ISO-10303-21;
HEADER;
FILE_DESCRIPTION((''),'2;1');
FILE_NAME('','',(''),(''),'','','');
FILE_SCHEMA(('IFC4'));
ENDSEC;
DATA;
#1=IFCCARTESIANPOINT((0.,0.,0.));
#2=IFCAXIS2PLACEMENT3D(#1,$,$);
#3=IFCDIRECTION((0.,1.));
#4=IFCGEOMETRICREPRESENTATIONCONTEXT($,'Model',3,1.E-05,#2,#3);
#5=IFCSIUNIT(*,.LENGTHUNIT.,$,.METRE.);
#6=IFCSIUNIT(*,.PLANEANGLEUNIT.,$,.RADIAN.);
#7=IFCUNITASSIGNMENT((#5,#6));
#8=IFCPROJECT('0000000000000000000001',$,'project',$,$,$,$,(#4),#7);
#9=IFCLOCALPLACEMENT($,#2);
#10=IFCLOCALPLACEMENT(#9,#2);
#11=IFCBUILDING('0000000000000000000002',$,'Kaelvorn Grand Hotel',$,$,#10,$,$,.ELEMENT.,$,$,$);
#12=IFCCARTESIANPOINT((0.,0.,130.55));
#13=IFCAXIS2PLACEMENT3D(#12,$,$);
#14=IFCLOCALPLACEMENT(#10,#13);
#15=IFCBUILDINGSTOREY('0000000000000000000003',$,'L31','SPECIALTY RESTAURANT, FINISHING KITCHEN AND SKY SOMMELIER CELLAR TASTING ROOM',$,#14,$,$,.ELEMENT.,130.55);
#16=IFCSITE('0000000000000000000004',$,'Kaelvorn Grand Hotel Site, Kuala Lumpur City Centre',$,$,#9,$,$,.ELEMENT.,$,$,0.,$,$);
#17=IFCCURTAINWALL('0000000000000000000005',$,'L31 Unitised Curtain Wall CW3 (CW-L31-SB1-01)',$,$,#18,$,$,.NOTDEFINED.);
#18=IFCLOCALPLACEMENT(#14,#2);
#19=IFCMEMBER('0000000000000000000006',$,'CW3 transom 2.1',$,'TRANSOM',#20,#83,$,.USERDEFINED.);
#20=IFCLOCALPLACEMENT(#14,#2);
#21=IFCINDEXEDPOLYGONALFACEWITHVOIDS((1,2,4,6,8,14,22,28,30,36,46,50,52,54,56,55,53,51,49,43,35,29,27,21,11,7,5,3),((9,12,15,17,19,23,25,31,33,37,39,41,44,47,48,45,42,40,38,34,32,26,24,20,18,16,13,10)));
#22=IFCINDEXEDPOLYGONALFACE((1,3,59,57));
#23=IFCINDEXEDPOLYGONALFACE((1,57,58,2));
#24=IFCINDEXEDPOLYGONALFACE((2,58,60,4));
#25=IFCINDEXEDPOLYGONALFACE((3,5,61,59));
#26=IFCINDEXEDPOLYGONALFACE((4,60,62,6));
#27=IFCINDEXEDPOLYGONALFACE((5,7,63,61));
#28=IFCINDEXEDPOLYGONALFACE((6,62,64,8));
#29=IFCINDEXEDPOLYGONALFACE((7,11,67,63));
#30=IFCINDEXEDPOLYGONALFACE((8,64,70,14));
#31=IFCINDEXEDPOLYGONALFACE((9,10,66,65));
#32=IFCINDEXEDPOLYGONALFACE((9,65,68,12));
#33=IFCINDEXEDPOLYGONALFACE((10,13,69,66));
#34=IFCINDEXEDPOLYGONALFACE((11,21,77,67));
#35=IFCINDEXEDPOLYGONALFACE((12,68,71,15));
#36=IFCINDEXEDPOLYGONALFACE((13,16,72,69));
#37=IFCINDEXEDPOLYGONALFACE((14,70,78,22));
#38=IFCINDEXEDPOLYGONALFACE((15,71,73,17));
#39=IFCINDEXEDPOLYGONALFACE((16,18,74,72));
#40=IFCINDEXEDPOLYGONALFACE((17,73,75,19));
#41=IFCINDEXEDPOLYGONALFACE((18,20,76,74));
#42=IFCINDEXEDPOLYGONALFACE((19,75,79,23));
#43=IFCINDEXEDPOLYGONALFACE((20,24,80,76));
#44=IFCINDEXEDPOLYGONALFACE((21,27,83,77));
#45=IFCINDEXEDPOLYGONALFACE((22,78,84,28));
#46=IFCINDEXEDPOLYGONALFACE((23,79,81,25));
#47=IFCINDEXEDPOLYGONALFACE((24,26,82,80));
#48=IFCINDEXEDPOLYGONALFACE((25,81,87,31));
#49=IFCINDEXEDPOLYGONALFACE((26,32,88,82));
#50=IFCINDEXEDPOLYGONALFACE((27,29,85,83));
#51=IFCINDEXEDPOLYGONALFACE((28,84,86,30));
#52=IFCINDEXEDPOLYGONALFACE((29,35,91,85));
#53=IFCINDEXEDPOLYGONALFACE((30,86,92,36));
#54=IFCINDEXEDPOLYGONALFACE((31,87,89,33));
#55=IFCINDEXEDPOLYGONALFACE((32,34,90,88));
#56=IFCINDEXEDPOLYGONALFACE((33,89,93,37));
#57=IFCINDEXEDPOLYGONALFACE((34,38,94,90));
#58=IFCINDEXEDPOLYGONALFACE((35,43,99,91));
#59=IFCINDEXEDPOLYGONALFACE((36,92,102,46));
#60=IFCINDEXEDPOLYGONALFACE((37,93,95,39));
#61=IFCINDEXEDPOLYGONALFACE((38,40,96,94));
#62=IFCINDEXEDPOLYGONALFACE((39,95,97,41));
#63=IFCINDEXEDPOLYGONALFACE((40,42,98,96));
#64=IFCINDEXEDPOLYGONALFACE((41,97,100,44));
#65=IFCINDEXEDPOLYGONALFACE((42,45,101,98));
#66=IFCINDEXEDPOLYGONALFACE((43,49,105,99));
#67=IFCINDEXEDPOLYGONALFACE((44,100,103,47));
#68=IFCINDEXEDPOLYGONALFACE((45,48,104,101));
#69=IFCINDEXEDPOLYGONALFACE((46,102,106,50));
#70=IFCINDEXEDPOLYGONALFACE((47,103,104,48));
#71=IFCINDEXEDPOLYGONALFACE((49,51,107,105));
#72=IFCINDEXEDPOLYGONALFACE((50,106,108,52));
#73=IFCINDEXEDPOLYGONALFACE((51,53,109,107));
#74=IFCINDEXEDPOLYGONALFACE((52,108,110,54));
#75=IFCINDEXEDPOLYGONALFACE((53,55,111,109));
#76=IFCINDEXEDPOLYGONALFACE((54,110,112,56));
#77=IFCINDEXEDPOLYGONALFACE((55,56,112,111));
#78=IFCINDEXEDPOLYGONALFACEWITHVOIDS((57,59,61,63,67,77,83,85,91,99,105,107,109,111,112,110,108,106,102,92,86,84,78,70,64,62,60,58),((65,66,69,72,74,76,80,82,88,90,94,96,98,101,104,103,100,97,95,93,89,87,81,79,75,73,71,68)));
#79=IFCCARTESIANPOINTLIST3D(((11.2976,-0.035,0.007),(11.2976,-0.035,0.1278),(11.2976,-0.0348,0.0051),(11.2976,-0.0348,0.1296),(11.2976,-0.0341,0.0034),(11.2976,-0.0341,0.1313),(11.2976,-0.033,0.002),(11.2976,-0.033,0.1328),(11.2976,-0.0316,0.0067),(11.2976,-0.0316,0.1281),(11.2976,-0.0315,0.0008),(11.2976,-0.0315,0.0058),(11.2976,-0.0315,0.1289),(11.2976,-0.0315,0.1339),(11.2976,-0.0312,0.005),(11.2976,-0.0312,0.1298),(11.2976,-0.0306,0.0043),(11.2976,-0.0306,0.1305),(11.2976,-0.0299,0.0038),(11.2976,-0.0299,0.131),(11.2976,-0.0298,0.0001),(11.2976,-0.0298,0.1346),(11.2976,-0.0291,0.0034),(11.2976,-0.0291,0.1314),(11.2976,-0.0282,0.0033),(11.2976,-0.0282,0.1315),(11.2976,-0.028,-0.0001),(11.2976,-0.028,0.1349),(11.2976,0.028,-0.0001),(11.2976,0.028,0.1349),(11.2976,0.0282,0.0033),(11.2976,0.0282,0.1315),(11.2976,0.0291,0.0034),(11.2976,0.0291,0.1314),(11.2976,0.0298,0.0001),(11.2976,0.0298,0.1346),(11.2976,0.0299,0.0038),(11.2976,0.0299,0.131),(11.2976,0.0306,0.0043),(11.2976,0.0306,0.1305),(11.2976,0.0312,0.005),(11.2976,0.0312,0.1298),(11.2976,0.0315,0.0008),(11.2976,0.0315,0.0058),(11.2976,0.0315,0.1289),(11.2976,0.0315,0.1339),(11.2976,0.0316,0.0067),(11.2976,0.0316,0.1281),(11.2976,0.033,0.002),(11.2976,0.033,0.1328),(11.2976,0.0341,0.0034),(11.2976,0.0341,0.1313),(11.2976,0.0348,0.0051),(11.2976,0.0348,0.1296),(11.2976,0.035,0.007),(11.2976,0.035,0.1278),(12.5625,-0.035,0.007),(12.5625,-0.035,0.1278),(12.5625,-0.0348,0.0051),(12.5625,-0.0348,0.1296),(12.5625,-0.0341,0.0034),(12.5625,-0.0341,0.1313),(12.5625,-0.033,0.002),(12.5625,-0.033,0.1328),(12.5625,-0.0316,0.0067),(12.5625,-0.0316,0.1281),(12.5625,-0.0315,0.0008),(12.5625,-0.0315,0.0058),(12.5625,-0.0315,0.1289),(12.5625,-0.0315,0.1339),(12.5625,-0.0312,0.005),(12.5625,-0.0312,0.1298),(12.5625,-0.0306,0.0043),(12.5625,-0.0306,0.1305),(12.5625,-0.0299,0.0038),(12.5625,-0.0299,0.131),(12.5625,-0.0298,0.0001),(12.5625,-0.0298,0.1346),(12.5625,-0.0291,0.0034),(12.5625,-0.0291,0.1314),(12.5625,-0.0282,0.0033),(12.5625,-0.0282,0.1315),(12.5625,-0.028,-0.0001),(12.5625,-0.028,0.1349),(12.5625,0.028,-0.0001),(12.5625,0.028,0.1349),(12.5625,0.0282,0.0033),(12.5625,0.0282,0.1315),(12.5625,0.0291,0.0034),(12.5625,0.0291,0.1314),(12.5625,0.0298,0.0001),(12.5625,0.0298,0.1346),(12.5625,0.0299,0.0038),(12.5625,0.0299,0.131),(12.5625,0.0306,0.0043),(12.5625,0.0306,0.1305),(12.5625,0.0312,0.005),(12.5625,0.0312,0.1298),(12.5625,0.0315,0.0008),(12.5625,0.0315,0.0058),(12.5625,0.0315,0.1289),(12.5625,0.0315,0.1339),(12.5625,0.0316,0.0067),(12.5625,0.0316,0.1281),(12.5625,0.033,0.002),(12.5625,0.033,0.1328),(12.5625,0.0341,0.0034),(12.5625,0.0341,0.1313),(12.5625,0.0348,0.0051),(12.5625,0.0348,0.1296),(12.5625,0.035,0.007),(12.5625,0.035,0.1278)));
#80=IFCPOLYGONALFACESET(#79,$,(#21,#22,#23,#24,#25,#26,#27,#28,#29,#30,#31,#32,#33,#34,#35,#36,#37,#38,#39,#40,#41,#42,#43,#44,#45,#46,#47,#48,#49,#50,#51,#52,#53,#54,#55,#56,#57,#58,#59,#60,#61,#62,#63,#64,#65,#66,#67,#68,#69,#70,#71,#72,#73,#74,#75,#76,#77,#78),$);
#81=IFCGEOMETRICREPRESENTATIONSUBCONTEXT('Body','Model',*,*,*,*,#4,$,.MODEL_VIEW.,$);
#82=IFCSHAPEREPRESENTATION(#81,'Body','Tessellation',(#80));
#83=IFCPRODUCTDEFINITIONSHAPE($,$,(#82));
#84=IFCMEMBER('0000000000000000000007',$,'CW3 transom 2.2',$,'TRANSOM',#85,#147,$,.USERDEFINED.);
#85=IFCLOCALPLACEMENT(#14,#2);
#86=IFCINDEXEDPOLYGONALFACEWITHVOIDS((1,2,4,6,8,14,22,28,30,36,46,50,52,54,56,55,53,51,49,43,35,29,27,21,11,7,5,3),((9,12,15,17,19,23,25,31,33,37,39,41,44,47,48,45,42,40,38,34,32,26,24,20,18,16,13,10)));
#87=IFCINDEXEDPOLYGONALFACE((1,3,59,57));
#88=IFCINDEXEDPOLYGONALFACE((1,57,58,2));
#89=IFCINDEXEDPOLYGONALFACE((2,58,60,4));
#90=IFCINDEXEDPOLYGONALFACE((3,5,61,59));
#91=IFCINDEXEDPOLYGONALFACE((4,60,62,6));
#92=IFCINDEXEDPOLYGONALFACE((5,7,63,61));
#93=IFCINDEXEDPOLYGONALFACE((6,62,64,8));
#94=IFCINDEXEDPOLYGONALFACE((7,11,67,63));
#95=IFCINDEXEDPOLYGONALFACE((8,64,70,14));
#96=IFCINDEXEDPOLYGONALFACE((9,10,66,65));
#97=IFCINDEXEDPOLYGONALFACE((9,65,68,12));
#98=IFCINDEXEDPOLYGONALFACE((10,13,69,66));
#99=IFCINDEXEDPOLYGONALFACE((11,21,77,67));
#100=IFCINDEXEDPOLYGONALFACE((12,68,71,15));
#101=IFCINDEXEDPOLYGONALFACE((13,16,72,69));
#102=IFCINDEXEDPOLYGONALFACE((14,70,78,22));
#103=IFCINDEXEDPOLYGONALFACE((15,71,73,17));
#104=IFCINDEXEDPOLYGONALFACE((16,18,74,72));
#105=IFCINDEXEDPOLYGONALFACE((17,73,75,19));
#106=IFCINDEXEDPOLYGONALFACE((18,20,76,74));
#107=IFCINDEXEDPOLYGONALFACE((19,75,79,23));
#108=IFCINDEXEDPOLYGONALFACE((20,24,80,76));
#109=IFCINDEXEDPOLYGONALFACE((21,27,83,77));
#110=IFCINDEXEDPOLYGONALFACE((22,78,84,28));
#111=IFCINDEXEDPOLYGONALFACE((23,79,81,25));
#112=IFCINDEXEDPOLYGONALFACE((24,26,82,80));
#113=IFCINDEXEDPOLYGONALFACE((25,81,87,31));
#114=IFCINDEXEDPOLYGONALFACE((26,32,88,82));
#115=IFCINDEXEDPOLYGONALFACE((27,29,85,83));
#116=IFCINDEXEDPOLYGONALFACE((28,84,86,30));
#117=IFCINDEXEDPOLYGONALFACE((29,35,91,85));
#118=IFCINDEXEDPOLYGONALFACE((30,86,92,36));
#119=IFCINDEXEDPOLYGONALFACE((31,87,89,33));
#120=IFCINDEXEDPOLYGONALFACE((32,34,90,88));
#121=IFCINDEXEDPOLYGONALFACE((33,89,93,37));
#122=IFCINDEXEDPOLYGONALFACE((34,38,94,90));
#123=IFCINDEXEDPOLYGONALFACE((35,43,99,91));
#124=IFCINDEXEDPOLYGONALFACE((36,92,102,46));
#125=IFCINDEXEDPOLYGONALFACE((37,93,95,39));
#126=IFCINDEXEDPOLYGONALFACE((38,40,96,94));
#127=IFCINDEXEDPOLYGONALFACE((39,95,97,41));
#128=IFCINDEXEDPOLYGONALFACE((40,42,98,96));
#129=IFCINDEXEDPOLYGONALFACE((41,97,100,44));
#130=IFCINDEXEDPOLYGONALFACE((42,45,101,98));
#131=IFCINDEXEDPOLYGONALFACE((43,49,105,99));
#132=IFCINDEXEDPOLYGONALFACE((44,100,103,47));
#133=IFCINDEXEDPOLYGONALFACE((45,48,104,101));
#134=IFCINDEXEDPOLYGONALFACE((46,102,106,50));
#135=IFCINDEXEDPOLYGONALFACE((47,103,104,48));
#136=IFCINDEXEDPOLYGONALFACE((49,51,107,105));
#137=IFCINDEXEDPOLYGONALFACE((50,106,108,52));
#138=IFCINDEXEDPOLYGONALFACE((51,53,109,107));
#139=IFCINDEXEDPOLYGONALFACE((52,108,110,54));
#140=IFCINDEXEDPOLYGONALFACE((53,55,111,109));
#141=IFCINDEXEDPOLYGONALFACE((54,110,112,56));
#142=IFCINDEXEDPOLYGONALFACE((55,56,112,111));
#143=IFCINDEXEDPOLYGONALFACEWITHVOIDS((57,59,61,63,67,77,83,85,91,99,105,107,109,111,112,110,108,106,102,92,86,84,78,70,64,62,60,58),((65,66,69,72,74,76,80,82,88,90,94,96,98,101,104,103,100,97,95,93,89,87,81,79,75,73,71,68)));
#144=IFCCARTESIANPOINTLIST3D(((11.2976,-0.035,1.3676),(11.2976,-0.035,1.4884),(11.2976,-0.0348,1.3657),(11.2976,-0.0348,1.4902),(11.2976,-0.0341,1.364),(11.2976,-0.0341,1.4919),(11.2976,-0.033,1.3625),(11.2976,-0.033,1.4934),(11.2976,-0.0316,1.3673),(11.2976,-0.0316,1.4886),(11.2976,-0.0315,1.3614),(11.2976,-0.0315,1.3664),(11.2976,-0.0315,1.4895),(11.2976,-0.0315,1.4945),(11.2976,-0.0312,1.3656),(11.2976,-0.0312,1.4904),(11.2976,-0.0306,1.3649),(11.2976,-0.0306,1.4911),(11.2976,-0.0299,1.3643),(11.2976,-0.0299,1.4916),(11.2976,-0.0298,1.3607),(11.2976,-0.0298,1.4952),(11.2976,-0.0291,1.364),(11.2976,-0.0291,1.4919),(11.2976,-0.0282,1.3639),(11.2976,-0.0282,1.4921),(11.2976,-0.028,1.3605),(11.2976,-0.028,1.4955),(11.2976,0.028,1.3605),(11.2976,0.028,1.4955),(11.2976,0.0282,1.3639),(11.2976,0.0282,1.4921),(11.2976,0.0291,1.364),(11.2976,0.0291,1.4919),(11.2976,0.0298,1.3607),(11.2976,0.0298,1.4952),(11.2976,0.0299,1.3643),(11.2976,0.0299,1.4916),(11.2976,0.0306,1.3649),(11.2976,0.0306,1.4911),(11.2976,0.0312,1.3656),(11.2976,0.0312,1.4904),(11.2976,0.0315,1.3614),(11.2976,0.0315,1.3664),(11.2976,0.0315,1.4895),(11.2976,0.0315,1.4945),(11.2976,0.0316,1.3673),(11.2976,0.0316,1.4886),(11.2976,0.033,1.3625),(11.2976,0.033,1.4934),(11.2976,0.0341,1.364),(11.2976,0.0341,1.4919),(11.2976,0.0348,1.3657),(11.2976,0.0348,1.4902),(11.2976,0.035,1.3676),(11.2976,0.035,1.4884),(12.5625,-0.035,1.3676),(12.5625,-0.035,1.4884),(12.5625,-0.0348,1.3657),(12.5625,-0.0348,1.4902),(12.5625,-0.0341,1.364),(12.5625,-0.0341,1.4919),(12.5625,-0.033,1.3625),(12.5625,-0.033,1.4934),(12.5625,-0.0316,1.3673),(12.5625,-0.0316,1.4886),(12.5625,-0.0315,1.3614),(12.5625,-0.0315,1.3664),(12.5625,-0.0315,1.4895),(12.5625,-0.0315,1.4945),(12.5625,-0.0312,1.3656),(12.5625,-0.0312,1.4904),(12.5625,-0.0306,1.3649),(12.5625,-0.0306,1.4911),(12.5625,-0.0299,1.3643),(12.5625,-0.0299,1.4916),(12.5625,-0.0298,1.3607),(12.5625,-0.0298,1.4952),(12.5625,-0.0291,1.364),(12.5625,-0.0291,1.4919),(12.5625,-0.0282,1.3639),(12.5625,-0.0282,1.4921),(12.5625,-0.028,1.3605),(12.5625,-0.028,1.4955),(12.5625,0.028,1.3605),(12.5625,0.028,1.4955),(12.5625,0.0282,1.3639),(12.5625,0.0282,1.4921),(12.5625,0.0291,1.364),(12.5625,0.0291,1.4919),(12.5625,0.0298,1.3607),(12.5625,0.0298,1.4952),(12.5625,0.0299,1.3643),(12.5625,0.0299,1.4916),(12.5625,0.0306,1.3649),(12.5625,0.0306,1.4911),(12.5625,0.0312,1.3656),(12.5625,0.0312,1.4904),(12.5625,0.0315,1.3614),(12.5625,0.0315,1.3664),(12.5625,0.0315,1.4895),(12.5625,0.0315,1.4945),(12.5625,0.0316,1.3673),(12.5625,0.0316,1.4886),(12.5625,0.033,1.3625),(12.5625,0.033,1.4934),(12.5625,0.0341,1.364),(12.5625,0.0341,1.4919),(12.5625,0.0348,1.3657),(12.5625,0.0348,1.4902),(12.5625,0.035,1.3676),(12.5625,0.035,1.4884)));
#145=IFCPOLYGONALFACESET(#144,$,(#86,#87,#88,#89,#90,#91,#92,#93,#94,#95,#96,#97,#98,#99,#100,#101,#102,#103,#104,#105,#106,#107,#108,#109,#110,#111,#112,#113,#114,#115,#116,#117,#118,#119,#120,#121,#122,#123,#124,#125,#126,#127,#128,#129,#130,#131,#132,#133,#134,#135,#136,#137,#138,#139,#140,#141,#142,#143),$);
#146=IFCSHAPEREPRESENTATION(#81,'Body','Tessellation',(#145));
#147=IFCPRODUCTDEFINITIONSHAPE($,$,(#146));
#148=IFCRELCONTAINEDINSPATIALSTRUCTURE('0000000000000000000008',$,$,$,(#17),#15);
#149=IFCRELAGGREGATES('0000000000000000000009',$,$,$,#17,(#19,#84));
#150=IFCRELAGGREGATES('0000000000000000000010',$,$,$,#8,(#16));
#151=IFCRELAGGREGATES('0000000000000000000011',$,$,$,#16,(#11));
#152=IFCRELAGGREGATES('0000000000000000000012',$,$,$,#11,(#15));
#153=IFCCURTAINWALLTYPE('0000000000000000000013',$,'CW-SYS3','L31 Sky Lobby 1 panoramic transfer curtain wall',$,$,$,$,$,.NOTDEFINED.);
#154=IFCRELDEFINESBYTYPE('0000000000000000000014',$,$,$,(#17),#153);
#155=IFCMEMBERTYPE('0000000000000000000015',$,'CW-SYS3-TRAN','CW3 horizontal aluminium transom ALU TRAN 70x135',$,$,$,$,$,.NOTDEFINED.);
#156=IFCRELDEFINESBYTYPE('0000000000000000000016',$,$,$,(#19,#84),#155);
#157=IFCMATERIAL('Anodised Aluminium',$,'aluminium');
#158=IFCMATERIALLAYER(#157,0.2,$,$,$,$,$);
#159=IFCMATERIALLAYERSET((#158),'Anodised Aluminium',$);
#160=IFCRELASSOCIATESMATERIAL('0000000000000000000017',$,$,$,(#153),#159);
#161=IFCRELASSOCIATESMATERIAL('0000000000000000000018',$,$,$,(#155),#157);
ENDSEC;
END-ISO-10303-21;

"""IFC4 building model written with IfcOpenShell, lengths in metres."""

from ifc_helpers import new_model, si_unit, direction, frame, origin, origin_2d, place, context, subcontext, project, spatial, hollow_rectangle, extrude, material, layer, layer_set, material_profile, profile_set, type_object, element, aggregate, save


model = new_model("IFC4")

# Units and contexts
model_context = context("Model", 3, precision=1e-05, world=origin(), true_north=direction((0.0, 1.0)))
body_context = subcontext(model_context, "Body", "Model", "MODEL_VIEW")
ifc_project = project(units=[si_unit("LENGTHUNIT", "METRE"), si_unit("PLANEANGLEUNIT", "RADIAN")], contexts=[model_context])

# Site, building, storey
site_placement = place(None, origin())
site = spatial("IfcSite", under=ifc_project, at=site_placement, Name="Kaelvorn Grand Hotel Site, Kuala Lumpur City Centre", CompositionType="ELEMENT", RefElevation=0.0)
building_placement = place(site_placement, origin())
building = spatial("IfcBuilding", under=site, at=building_placement, Name="Kaelvorn Grand Hotel", CompositionType="ELEMENT")
storey_placement = place(building_placement, frame((0.0, 0.0, 130.55)))
storey = spatial("IfcBuildingStorey", under=building, at=storey_placement, Name="L31", Description="SPECIALTY RESTAURANT, FINISHING KITCHEN AND SKY SOMMELIER CELLAR TASTING ROOM", CompositionType="ELEMENT", Elevation=130.55)

# Curtain wall, members
ifc_material_1 = material(Name="Anodised Aluminium", Category="aluminium")
ifc_layer_1 = layer(ifc_material_1, 0.2)
ifc_layer_set_1 = layer_set([ifc_layer_1], Name="Anodised Aluminium")
curtain_wall_type = type_object("IfcCurtainWallType", Name="CW-SYS3", Description="L31 Sky Lobby 1 panoramic transfer curtain wall", PredefinedType="NOTDEFINED", material=ifc_layer_set_1)
curtain_wall_placement = place(storey_placement, origin())
curtain_wall = element("IfcCurtainWall", 1, at=curtain_wall_placement, inside=storey, type_object=curtain_wall_type, Name="L31 Unitised Curtain Wall CW3 (CW-L31-SB1-01)", PredefinedType="NOTDEFINED")
ifc_material_profile_1 = material_profile(ifc_material_1, hollow_rectangle(XDim=0.0701, YDim=0.135, WallThickness=0.0034, InnerFilletRadius=0.0034, OuterFilletRadius=0.0071, at=origin_2d()), Name="ALU TRAN 70x135")
ifc_profile_set_1 = profile_set([ifc_material_profile_1], Name="Anodised Aluminium")
member_type_1 = type_object("IfcMemberType", Name="CW-SYS3-TRAN", Description="CW3 horizontal aluminium transom ALU TRAN 70x135", PredefinedType="NOTDEFINED", material=ifc_profile_set_1)
member_1_placement = place(storey_placement, frame((11.2976, 0.0, 0.0674), z_axis=(1.0, 0.0, 0.0), x_axis=(0.0, 1.0, 0.0)))
member_1 = element("IfcMember", 2, at=member_1_placement, type_object=member_type_1, Name="CW3 transom 2.1", ObjectType="TRANSOM", PredefinedType="USERDEFINED", context=body_context, shape_type="SweptSolid", body=[
    extrude(hollow_rectangle(XDim=0.0701, YDim=0.135, WallThickness=0.0034, InnerFilletRadius=0.0034, OuterFilletRadius=0.0071, at=origin_2d()), origin(), (0.0, 0.0, 1.0), 1.2649),
])
member_2_placement = place(storey_placement, frame((11.2976, 0.0, 1.428), z_axis=(1.0, 0.0, 0.0), x_axis=(0.0, 1.0, 0.0)))
member_2 = element("IfcMember", 3, at=member_2_placement, type_object=member_type_1, Name="CW3 transom 2.2", ObjectType="TRANSOM", PredefinedType="USERDEFINED", context=body_context, shape_type="SweptSolid", body=[
    extrude(hollow_rectangle(XDim=0.0701, YDim=0.135, WallThickness=0.0034, InnerFilletRadius=0.0034, OuterFilletRadius=0.0071, at=origin_2d()), origin(), (0.0, 0.0, 1.0), 1.2649),
])
aggregate(curtain_wall, [member_1, member_2])

save(model, "model.ifc")
